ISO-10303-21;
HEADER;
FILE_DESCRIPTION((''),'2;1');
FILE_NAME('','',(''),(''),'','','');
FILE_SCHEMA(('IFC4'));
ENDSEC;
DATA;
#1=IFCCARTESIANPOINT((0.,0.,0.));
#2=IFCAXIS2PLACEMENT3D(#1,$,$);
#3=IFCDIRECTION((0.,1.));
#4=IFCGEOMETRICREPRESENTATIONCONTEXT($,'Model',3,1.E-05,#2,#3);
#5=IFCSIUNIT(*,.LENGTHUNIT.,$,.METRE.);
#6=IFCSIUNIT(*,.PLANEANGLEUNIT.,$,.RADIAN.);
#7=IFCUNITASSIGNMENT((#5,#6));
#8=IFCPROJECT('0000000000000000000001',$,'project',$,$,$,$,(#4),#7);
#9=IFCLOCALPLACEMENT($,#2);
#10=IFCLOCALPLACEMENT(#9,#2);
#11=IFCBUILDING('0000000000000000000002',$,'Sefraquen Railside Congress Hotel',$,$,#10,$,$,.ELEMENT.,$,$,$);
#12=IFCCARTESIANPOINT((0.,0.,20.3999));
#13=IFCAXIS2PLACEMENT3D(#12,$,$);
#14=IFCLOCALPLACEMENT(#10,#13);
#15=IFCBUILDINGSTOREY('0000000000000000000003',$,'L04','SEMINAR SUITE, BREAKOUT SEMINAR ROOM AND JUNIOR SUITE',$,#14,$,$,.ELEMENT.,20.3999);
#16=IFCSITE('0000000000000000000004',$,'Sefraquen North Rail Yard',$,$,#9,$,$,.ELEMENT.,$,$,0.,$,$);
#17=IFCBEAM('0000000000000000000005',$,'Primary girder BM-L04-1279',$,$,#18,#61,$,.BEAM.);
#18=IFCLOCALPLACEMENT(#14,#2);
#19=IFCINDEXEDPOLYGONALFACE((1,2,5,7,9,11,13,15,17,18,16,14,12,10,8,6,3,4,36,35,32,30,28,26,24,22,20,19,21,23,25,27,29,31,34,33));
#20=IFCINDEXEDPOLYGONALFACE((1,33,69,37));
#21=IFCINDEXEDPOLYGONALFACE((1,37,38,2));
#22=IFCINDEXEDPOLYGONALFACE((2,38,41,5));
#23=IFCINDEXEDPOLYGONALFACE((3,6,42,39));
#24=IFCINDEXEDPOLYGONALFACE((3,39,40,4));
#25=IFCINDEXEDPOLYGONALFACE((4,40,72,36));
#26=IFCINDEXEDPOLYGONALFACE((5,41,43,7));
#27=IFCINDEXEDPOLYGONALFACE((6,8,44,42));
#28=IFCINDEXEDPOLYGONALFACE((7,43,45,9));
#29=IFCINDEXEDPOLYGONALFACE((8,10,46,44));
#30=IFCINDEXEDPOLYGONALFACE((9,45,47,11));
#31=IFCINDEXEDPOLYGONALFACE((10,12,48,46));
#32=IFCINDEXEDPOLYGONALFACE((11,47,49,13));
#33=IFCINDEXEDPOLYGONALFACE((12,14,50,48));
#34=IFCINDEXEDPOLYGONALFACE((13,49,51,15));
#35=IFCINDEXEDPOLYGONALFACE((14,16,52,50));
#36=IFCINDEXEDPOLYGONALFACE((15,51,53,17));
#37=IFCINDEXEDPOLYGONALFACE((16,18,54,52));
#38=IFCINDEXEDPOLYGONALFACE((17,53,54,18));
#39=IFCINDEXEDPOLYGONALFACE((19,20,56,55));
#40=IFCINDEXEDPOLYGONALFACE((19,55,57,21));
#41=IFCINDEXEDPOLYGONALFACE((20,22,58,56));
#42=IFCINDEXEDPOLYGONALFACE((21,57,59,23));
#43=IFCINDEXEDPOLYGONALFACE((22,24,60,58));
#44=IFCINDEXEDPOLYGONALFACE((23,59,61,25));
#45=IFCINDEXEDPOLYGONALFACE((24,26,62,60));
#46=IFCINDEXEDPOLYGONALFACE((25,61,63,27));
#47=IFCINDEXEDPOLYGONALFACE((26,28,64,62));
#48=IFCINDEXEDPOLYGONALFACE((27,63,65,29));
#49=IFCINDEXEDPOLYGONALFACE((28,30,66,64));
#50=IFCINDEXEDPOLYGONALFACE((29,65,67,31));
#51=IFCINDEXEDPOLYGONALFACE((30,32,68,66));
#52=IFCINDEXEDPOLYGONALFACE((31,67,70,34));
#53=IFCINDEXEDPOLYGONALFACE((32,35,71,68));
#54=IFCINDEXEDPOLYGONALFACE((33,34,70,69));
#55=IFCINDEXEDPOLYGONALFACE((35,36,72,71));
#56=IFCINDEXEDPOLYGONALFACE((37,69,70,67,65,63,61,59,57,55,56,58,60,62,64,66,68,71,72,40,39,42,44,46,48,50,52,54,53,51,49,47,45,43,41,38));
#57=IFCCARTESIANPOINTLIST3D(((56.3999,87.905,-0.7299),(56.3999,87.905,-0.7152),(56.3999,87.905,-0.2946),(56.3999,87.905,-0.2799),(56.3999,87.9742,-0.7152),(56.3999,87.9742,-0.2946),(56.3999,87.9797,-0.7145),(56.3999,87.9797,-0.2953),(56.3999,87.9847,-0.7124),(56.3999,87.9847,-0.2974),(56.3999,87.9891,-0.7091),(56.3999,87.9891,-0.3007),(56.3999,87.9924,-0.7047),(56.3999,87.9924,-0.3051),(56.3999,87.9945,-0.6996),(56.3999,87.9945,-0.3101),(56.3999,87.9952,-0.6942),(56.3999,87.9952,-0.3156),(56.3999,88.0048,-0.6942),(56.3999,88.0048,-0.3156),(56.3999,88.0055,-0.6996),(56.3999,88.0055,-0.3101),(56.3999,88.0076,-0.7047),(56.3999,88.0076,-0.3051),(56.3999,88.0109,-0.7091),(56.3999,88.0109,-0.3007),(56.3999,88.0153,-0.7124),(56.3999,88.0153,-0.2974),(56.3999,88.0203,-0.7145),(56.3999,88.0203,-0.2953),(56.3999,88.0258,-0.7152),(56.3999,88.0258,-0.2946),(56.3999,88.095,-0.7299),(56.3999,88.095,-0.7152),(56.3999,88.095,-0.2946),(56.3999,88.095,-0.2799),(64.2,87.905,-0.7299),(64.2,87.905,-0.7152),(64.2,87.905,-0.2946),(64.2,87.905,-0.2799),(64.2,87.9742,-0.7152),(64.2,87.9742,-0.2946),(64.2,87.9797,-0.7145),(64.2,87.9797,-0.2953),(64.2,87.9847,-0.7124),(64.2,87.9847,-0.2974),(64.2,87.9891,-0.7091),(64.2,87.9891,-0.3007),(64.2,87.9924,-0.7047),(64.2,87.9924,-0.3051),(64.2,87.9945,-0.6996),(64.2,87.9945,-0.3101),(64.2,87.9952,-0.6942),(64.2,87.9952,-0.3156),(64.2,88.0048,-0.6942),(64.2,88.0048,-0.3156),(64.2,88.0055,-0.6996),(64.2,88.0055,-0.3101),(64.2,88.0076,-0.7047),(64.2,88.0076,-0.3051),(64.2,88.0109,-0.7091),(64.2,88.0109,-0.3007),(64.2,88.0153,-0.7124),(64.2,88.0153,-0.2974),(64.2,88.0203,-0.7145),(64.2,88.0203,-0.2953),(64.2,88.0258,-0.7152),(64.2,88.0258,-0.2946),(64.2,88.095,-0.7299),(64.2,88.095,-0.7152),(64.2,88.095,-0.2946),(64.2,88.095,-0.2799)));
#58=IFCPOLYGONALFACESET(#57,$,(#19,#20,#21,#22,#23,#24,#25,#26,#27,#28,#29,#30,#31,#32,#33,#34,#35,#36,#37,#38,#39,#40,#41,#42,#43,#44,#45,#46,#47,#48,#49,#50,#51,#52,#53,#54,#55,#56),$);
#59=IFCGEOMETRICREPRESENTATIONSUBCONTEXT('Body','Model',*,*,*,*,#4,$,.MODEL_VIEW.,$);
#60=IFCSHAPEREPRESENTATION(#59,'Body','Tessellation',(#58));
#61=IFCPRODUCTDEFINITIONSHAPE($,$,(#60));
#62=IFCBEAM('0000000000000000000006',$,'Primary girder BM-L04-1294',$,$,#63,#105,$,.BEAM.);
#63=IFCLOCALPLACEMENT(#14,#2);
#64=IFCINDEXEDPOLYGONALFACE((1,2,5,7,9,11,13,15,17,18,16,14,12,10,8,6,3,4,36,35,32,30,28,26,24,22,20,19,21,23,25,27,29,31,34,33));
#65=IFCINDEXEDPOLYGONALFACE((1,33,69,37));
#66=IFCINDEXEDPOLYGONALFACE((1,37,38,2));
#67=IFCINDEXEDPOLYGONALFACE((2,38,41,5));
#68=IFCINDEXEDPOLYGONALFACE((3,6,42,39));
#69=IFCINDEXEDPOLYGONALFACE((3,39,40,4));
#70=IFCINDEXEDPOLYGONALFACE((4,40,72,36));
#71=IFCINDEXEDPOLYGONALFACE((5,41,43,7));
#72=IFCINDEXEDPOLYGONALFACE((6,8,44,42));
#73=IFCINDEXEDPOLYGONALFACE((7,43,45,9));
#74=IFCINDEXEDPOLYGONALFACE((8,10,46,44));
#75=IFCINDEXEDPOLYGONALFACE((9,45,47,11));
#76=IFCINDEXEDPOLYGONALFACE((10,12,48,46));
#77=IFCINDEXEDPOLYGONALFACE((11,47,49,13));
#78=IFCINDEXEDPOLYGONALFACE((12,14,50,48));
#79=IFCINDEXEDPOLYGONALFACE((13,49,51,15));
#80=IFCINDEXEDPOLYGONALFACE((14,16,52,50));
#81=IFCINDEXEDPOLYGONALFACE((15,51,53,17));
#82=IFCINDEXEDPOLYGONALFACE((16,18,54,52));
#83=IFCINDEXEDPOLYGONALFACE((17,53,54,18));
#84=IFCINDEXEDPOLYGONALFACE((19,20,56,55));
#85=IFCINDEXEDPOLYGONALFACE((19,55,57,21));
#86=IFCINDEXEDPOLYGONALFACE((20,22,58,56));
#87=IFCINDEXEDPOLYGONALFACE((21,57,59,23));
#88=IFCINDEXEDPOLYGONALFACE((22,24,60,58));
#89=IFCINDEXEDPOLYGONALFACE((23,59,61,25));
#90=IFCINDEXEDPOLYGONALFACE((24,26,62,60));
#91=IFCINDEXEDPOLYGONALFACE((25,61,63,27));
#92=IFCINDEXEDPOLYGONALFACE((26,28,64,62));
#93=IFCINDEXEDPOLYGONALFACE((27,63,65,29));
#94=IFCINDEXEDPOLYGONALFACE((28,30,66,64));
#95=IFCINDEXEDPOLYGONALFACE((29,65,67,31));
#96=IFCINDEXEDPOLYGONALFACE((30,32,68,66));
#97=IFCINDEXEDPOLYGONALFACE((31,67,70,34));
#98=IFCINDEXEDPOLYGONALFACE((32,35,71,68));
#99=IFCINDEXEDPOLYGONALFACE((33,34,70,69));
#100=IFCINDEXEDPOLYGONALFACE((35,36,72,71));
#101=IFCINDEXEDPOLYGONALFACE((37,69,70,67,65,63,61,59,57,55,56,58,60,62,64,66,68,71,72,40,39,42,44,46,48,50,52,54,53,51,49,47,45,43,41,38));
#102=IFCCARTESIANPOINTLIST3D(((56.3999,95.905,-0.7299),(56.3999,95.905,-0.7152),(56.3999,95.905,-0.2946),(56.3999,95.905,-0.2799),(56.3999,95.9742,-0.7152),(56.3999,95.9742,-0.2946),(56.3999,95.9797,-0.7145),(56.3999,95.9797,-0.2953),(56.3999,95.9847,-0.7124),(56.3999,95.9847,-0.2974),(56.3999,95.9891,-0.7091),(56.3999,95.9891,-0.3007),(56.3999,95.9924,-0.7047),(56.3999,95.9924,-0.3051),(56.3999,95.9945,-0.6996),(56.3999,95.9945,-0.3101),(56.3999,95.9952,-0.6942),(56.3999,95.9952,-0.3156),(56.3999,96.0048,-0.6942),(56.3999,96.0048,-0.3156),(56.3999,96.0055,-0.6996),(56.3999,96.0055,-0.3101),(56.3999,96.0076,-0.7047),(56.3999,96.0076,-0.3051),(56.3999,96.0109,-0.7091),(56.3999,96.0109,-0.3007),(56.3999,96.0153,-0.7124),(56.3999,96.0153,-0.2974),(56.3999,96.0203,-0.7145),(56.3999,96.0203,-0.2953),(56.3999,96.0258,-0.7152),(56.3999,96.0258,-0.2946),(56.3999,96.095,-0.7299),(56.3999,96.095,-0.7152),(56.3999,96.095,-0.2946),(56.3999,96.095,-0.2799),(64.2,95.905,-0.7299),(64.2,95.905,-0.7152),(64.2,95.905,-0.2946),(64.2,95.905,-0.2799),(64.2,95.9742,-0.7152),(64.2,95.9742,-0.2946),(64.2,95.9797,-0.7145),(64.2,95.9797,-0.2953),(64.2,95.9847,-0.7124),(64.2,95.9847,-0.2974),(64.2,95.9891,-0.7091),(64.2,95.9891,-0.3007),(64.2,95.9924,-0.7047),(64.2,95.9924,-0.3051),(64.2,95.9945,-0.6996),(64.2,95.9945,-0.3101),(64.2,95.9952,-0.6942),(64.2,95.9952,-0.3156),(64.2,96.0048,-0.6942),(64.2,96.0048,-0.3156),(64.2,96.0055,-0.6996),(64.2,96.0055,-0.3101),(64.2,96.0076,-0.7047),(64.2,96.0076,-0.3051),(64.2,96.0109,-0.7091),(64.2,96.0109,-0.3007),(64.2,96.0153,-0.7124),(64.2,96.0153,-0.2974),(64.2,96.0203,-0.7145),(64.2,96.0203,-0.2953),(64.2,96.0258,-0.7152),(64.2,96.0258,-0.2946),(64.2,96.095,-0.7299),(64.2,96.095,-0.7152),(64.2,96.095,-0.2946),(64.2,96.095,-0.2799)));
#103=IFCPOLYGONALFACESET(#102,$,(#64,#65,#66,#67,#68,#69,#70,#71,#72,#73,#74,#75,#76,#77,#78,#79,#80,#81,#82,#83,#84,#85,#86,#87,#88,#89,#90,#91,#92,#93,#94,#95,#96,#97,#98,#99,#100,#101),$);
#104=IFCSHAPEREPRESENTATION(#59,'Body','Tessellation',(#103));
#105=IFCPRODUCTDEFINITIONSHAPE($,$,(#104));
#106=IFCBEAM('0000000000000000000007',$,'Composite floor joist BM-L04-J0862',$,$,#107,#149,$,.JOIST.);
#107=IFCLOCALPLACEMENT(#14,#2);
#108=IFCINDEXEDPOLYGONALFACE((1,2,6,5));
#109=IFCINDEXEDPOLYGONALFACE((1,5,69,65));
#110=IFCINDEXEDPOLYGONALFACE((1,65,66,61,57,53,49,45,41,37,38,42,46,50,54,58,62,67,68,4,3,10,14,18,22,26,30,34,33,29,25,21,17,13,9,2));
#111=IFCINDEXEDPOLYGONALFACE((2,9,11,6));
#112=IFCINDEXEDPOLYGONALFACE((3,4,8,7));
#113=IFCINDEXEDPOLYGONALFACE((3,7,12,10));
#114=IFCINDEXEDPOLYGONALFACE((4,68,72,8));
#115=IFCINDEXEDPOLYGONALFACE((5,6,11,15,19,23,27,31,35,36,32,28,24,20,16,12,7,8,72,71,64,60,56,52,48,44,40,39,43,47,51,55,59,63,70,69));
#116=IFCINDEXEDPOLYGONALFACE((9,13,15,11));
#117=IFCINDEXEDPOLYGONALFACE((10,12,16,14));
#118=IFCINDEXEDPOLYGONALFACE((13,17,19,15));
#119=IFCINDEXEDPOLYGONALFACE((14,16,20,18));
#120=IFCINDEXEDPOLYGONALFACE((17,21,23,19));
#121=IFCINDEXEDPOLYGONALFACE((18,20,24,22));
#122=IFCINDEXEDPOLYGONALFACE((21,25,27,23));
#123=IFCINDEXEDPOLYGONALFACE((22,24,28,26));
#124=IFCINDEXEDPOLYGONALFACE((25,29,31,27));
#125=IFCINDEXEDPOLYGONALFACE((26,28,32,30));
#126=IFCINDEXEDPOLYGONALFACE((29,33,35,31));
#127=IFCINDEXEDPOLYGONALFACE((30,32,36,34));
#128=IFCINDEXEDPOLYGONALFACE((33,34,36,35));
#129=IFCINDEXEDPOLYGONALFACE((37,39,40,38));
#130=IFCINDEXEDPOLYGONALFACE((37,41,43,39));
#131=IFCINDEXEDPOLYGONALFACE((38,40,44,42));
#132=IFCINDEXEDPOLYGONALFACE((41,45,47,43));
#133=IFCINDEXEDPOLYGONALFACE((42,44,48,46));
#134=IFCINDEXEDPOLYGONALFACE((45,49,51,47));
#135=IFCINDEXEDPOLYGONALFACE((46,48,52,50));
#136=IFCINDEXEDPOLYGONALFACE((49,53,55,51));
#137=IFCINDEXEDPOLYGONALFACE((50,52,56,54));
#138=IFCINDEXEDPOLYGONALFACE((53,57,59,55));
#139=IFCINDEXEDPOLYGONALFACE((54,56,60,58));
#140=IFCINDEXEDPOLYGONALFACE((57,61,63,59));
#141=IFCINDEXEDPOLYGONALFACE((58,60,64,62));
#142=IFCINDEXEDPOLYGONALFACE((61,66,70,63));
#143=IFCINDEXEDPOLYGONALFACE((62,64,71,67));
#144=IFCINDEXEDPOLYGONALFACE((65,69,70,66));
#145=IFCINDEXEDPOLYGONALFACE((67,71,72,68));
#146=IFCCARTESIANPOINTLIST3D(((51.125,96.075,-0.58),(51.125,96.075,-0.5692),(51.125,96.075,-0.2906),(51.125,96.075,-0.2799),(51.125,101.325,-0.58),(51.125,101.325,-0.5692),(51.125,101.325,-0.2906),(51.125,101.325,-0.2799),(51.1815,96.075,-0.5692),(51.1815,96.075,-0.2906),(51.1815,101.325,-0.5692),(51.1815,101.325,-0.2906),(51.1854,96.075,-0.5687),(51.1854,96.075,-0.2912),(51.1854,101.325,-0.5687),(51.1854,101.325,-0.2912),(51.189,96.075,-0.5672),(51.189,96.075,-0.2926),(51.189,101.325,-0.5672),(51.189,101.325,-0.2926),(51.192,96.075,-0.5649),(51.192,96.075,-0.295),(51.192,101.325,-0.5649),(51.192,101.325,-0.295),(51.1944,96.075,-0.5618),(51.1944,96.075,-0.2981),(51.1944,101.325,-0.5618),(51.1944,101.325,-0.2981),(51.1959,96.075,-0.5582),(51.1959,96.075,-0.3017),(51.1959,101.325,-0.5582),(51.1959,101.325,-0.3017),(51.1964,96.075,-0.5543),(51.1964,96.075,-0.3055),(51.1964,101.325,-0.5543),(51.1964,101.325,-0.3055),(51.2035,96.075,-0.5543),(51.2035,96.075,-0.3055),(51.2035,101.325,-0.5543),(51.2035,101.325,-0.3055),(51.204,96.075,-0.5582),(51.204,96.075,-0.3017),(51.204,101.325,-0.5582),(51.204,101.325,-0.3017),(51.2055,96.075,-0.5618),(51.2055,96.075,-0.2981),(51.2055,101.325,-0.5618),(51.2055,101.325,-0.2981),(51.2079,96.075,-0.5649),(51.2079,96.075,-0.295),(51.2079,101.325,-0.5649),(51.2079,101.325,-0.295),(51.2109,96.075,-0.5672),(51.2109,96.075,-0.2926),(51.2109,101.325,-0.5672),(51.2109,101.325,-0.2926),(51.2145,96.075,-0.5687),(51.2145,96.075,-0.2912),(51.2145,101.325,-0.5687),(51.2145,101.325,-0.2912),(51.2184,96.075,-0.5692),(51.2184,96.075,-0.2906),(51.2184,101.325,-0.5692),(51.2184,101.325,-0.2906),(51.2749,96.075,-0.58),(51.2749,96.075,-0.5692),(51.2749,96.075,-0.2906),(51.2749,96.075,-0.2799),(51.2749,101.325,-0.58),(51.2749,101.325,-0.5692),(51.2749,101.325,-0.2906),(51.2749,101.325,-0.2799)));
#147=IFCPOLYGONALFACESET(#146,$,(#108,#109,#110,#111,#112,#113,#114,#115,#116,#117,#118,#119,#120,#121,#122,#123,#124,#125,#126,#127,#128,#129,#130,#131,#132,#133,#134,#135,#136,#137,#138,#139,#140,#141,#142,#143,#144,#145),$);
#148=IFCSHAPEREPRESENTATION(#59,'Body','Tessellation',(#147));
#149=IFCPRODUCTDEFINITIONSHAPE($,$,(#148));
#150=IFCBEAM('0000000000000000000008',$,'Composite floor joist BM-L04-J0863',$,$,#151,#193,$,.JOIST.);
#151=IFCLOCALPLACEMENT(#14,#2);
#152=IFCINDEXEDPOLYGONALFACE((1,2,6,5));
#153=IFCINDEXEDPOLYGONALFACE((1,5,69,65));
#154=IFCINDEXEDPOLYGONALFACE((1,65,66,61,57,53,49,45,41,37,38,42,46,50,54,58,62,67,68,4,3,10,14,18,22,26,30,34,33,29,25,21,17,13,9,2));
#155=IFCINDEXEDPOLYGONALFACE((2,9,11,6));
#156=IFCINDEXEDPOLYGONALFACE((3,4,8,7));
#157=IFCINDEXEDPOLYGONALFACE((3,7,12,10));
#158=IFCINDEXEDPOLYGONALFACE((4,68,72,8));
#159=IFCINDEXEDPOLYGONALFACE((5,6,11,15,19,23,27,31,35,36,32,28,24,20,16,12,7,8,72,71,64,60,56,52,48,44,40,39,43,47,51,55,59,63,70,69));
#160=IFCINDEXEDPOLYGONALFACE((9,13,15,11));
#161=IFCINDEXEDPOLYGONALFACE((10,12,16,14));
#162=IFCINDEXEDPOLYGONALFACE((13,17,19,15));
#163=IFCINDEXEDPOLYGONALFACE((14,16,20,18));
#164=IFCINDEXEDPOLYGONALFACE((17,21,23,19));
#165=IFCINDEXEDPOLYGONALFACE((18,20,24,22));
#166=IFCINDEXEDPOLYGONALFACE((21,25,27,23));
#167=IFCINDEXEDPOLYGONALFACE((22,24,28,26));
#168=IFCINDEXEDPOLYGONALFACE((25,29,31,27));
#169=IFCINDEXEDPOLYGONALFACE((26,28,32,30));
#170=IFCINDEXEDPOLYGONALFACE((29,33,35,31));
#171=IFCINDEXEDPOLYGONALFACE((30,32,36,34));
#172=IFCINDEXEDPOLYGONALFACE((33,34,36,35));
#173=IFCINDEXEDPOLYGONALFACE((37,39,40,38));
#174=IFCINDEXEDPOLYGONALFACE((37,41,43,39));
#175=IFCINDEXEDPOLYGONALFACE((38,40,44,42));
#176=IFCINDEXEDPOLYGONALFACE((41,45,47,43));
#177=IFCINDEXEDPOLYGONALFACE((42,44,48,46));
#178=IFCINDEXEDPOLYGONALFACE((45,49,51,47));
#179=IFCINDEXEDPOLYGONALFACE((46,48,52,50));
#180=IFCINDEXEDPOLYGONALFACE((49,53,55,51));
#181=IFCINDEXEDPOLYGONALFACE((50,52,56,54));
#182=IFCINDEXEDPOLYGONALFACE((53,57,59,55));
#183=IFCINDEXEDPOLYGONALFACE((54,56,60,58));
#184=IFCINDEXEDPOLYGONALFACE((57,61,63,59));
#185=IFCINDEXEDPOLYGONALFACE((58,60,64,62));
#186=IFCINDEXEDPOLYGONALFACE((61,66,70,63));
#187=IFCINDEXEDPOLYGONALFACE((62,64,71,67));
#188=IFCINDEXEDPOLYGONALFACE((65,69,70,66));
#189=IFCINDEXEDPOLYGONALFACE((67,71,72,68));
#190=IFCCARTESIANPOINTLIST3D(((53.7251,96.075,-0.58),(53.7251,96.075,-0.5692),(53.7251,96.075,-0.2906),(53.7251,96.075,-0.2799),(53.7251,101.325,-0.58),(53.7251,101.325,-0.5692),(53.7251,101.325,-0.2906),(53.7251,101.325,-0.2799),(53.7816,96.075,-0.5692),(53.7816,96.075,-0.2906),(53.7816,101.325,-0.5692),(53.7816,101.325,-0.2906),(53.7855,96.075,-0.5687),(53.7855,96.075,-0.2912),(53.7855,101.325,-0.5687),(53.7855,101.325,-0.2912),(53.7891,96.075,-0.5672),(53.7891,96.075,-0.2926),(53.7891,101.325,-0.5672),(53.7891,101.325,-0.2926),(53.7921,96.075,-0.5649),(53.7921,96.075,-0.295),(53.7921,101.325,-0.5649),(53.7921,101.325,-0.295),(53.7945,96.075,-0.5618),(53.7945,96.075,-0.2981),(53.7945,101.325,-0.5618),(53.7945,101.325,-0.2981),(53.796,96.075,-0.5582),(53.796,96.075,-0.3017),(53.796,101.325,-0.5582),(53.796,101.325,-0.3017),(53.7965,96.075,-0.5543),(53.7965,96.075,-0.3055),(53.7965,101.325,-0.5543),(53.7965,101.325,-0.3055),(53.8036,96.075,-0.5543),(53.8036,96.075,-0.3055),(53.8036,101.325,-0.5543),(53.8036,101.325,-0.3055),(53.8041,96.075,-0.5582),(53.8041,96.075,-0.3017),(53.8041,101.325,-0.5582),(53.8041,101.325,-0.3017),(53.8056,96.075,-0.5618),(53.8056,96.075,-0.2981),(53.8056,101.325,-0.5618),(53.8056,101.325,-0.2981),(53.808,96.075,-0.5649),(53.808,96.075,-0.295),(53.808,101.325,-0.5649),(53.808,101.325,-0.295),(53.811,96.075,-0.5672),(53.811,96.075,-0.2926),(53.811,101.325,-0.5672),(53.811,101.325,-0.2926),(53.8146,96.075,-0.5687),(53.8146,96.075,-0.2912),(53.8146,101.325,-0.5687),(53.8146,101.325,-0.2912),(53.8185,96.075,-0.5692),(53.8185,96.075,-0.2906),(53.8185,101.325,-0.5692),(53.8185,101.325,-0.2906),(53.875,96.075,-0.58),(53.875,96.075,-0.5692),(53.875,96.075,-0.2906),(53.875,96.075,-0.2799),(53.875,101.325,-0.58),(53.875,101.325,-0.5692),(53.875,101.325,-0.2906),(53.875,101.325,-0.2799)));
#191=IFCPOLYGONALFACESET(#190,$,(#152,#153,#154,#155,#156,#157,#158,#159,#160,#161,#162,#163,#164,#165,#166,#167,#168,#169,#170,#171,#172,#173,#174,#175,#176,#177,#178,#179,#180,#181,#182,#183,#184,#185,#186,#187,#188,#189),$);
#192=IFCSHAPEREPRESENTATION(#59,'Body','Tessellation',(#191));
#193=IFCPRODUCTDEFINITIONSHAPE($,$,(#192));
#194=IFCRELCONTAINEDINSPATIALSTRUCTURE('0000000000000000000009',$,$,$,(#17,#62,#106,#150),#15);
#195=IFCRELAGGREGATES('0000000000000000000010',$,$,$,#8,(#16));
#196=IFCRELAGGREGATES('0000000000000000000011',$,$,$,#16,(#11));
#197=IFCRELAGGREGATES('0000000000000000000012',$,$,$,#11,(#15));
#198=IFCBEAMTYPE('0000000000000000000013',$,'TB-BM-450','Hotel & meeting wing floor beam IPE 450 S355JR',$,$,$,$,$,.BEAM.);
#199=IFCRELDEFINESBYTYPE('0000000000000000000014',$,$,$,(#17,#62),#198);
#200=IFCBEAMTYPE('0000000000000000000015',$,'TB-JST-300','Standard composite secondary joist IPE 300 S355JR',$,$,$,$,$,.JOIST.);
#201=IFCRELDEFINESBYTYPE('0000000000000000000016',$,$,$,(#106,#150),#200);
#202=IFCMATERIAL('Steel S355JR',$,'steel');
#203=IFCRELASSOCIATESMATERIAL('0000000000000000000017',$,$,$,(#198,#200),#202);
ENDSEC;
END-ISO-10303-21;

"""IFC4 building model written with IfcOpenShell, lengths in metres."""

from ifc_helpers import new_model, si_unit, direction, frame, origin, origin_2d, place, context, subcontext, project, spatial, i_section, extrude, material, material_profile, profile_set, type_object, element, save


model = new_model("IFC4")

# Units and contexts
model_context = context("Model", 3, precision=1e-05, world=origin(), true_north=direction((0.0, 1.0)))
body_context = subcontext(model_context, "Body", "Model", "MODEL_VIEW")
ifc_project = project(units=[si_unit("LENGTHUNIT", "METRE"), si_unit("PLANEANGLEUNIT", "RADIAN")], contexts=[model_context])

# Site, building, storey
site_placement = place(None, origin())
site = spatial("IfcSite", under=ifc_project, at=site_placement, Name="Sefraquen North Rail Yard", CompositionType="ELEMENT", RefElevation=0.0)
building_placement = place(site_placement, origin())
building = spatial("IfcBuilding", under=site, at=building_placement, Name="Sefraquen Railside Congress Hotel", CompositionType="ELEMENT")
storey_placement = place(building_placement, frame((0.0, 0.0, 20.3999)))
storey = spatial("IfcBuildingStorey", under=building, at=storey_placement, Name="L04", Description="SEMINAR SUITE, BREAKOUT SEMINAR ROOM AND JUNIOR SUITE", CompositionType="ELEMENT", Elevation=20.3999)

# Shared definitions
ifc_material_1 = material(Name="Steel S355JR", Category="steel")

# Beams
ifc_material_profile_1 = material_profile(ifc_material_1, i_section(OverallWidth=0.1899, OverallDepth=0.45, WebThickness=0.0095, FlangeThickness=0.0146, FilletRadius=0.021, at=origin_2d()), Name="IPE 450")
ifc_profile_set_1 = profile_set([ifc_material_profile_1], Name="Steel S355JR")
beam_type_1 = type_object("IfcBeamType", Name="TB-BM-450", Description="Hotel & meeting wing floor beam IPE 450 S355JR", PredefinedType="BEAM", material=ifc_profile_set_1)
for number, where, z_axis, x_axis, name in (
    (1, (56.3999, 88.0, -0.5049), (1.0, 0.0, 0.0), (0.0, 1.0, 0.0), "Primary girder BM-L04-1279"),
    (2, (56.3999, 96.0, -0.5049), (1.0, 0.0, 0.0), (0.0, 1.0, 0.0), "Primary girder BM-L04-1294"),
):
    element("IfcBeam", number, at=place(storey_placement, frame(where, z_axis=z_axis, x_axis=x_axis)), inside=storey, type_object=beam_type_1, Name=name, PredefinedType="BEAM", context=body_context, shape_type="SweptSolid", body=[
        extrude(i_section(OverallWidth=0.1899, OverallDepth=0.45, WebThickness=0.0095, FlangeThickness=0.0146, FilletRadius=0.021, at=origin_2d()), origin(), (0.0, 0.0, 1.0), 7.8),
    ])
ifc_material_profile_2 = material_profile(ifc_material_1, i_section(OverallWidth=0.1499, OverallDepth=0.3, WebThickness=0.0071, FlangeThickness=0.0107, FilletRadius=0.0149, at=origin_2d()), Name="IPE 300")
ifc_profile_set_2 = profile_set([ifc_material_profile_2], Name="Steel S355JR")
beam_type_2 = type_object("IfcBeamType", Name="TB-JST-300", Description="Standard composite secondary joist IPE 300 S355JR", PredefinedType="JOIST", material=ifc_profile_set_2)
for number, where, z_axis, x_axis, name in (
    (3, (51.2, 96.075, -0.4299), (0.0, 1.0, 0.0), (-1.0, 0.0, 0.0), "Composite floor joist BM-L04-J0862"),
    (4, (53.8, 96.075, -0.4299), (0.0, 1.0, 0.0), (-1.0, 0.0, 0.0), "Composite floor joist BM-L04-J0863"),
):
    element("IfcBeam", number, at=place(storey_placement, frame(where, z_axis=z_axis, x_axis=x_axis)), inside=storey, type_object=beam_type_2, Name=name, PredefinedType="JOIST", context=body_context, shape_type="SweptSolid", body=[
        extrude(i_section(OverallWidth=0.1499, OverallDepth=0.3, WebThickness=0.0071, FlangeThickness=0.0107, FilletRadius=0.0149, at=origin_2d()), origin(), (0.0, 0.0, 1.0), 5.25),
    ])

save(model, "model.ifc")
